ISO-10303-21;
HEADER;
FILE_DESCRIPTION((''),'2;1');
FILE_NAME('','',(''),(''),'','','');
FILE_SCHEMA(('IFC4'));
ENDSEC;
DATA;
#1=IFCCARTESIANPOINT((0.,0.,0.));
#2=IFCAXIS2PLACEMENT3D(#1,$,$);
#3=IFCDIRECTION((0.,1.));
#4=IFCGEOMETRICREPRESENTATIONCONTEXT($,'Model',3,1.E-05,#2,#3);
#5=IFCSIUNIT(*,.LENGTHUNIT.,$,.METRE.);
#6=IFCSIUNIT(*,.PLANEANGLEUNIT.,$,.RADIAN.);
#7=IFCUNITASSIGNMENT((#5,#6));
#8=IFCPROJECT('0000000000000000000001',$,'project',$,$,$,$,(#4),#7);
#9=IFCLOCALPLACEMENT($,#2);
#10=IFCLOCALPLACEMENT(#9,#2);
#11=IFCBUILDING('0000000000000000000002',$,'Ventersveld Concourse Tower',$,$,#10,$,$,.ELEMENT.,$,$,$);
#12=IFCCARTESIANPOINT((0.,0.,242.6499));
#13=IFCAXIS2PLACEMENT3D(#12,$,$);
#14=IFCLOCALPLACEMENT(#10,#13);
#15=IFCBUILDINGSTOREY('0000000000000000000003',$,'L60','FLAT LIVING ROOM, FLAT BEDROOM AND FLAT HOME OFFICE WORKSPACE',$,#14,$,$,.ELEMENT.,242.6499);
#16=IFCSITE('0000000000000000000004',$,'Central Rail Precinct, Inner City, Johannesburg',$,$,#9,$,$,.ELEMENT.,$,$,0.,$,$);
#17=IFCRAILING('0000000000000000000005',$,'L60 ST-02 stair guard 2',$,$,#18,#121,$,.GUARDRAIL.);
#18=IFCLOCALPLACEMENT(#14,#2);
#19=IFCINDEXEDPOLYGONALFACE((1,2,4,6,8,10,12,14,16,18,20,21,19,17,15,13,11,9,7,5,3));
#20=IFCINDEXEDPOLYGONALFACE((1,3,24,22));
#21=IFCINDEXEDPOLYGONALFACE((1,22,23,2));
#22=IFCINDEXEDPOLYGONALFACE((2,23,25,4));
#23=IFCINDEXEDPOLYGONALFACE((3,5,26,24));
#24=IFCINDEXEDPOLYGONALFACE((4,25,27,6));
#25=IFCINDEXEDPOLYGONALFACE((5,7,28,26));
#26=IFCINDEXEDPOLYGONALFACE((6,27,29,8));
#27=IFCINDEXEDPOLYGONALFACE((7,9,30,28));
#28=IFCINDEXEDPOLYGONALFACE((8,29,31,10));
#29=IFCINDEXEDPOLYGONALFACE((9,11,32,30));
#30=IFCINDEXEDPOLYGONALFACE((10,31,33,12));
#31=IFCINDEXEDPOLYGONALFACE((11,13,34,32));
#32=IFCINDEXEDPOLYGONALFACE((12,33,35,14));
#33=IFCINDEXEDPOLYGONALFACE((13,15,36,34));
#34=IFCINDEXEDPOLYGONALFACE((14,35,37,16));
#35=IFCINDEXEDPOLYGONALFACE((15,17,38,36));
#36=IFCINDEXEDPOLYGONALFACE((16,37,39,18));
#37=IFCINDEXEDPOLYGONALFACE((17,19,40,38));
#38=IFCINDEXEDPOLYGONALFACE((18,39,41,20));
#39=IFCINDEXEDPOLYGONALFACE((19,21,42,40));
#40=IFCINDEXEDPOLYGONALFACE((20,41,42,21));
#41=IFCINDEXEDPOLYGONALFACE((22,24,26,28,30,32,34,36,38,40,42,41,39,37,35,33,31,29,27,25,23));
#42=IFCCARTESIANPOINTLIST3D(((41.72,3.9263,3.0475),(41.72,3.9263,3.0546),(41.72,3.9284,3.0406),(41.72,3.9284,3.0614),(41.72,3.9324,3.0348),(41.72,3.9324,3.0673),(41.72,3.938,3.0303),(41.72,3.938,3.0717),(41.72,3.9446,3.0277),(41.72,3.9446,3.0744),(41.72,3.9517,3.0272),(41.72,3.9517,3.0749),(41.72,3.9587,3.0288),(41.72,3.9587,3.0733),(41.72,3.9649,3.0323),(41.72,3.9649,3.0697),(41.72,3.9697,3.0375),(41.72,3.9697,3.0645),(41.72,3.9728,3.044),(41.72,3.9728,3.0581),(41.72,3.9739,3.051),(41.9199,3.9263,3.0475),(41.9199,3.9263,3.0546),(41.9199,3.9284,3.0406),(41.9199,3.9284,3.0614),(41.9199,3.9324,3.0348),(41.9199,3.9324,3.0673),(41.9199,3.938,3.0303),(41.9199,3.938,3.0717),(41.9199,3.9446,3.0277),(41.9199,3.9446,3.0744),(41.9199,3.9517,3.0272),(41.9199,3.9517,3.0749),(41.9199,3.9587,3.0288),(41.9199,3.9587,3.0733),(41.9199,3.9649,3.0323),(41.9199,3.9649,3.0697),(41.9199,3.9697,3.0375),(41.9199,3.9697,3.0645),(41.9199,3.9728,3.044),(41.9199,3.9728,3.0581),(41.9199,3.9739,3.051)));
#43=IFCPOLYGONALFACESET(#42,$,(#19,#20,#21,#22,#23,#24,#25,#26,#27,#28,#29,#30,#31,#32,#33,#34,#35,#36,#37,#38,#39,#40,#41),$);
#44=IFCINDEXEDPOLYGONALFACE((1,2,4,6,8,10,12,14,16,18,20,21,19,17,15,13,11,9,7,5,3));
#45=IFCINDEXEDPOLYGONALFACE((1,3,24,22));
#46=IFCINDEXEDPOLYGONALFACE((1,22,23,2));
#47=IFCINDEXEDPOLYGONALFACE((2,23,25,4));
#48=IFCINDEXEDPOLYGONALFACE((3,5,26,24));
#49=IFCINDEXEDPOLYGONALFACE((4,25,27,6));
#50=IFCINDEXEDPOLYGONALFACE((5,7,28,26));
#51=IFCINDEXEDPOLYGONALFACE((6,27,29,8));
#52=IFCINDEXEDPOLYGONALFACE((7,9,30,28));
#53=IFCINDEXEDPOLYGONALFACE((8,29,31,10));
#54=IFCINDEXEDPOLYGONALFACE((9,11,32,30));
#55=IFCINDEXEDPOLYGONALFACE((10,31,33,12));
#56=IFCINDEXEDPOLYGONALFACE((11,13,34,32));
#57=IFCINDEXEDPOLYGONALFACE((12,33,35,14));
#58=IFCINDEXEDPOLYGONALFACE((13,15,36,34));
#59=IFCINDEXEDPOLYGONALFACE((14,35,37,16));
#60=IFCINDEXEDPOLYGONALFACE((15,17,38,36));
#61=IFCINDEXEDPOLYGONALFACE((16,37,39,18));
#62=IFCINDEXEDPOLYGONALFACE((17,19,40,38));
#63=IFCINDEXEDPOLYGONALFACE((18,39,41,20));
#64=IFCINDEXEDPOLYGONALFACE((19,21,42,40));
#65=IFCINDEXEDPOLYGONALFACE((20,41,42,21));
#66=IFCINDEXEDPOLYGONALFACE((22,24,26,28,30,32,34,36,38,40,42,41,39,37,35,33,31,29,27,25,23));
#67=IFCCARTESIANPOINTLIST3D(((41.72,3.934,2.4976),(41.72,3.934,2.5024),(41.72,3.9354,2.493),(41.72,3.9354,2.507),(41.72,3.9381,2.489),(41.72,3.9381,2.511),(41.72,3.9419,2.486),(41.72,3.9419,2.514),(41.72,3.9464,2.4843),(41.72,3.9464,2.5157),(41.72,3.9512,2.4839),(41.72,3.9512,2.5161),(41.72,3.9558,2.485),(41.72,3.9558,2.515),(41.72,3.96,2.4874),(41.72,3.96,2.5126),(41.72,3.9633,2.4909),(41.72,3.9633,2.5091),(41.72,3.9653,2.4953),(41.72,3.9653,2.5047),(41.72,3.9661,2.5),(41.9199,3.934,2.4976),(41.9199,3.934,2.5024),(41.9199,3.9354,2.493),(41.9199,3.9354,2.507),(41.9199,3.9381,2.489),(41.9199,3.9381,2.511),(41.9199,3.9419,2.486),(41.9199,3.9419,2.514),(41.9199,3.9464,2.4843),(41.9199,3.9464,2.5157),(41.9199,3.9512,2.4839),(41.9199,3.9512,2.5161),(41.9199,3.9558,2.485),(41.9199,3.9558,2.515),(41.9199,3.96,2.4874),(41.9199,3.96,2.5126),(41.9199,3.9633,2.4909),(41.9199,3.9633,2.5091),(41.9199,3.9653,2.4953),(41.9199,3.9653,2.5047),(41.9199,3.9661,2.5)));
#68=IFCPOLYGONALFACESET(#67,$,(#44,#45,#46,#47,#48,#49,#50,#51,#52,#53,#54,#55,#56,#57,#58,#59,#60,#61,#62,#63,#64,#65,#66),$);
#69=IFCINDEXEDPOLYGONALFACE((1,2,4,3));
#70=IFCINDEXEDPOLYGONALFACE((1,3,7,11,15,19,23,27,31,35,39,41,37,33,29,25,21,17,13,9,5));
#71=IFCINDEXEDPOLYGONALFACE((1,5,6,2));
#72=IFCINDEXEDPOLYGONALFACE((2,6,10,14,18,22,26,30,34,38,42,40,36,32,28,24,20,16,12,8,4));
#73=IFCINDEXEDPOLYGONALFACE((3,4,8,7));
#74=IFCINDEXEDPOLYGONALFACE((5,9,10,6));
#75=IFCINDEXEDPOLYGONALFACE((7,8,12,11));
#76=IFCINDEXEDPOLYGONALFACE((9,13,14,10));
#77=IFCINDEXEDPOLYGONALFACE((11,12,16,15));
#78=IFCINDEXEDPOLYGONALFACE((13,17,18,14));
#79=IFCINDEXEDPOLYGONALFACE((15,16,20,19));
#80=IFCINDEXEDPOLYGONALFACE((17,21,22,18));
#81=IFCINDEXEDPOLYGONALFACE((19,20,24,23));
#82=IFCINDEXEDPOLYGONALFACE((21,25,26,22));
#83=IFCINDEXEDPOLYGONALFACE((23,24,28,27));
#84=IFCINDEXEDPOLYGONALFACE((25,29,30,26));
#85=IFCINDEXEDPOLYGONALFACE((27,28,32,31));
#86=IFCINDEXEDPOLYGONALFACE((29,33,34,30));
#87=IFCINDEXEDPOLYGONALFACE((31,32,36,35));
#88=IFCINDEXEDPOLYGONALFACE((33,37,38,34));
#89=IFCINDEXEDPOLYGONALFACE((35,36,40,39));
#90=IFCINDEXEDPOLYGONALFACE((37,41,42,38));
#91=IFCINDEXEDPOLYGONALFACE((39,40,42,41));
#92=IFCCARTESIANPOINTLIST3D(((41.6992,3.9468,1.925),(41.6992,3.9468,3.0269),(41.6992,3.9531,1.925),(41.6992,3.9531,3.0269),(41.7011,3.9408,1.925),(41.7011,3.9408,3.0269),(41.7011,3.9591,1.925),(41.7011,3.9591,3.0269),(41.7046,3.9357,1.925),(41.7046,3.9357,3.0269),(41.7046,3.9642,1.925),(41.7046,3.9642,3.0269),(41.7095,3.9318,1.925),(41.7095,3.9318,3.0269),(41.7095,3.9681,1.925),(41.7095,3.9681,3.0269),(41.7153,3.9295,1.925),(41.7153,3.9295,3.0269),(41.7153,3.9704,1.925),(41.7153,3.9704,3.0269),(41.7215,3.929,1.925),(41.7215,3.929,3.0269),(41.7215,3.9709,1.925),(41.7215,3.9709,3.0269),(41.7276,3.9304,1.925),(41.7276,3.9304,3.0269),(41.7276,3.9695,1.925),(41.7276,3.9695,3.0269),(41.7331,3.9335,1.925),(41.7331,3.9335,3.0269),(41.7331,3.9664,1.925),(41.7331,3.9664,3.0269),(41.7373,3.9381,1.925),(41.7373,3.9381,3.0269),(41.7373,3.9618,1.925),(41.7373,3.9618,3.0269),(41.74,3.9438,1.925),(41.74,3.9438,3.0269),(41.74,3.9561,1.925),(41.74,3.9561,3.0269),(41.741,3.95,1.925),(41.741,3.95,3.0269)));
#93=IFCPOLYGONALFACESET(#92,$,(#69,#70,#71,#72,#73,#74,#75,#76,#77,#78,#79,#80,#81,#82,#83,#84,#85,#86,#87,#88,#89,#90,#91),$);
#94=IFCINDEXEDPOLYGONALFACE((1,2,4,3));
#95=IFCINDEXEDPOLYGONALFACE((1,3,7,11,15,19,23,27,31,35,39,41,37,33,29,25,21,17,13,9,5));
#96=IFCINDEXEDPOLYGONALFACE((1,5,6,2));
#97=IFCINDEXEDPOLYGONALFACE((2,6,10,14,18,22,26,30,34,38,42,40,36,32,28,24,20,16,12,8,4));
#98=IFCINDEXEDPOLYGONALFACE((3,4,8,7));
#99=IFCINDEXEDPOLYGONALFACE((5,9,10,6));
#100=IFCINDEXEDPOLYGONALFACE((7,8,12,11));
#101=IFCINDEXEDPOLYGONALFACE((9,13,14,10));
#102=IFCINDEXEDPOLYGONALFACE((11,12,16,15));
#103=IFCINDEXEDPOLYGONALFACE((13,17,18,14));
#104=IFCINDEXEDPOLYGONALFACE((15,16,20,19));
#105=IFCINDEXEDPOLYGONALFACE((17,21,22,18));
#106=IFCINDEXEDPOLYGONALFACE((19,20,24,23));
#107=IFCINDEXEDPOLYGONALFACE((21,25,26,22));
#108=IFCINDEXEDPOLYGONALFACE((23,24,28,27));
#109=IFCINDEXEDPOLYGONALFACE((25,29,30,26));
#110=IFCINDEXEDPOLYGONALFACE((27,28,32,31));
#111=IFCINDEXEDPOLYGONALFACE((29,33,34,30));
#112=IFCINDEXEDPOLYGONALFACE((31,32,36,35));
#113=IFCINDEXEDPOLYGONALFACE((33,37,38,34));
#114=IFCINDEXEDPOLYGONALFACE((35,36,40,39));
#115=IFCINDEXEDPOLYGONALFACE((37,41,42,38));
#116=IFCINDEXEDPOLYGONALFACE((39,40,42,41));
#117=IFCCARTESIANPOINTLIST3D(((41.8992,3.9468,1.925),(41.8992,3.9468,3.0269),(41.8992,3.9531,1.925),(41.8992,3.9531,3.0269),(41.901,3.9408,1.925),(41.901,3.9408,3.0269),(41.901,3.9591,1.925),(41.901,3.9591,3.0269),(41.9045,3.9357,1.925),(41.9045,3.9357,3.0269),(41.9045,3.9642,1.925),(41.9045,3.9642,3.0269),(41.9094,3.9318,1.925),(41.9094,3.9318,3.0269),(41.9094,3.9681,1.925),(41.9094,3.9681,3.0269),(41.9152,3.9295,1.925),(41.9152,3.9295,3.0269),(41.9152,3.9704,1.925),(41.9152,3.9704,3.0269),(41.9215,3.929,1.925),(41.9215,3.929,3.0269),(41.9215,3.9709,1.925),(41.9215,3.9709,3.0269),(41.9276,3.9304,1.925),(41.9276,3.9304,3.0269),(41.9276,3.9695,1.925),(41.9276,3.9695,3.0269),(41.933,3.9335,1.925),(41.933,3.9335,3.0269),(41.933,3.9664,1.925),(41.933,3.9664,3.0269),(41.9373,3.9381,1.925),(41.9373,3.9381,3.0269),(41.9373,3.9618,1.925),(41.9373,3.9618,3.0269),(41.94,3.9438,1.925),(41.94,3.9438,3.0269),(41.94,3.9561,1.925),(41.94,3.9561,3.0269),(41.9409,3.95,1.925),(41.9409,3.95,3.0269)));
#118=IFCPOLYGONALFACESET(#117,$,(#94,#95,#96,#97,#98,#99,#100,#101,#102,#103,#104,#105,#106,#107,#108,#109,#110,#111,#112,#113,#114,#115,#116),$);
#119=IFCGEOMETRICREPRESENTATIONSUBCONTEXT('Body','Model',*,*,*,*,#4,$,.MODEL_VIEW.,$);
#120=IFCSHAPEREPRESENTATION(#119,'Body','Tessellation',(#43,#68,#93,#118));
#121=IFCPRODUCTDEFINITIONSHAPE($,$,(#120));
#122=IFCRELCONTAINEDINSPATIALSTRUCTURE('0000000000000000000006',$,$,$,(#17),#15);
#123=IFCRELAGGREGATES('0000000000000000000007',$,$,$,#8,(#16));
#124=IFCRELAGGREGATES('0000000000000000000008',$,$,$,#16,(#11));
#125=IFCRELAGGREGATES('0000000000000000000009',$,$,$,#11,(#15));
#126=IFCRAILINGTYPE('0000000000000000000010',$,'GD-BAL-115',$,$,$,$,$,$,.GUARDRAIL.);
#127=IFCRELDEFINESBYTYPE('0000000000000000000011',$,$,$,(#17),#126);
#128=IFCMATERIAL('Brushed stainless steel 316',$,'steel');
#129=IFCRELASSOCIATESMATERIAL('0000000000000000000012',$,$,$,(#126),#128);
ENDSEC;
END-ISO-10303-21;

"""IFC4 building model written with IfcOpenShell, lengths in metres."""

from ifc_helpers import new_model, si_unit, direction, frame, origin, origin_2d, place, context, subcontext, project, spatial, circle, extrude, material, type_object, element, save


model = new_model("IFC4")

# Units and contexts
model_context = context("Model", 3, precision=1e-05, world=origin(), true_north=direction((0.0, 1.0)))
body_context = subcontext(model_context, "Body", "Model", "MODEL_VIEW")
ifc_project = project(units=[si_unit("LENGTHUNIT", "METRE"), si_unit("PLANEANGLEUNIT", "RADIAN")], contexts=[model_context])

# Site, building, storey
site_placement = place(None, origin())
site = spatial("IfcSite", under=ifc_project, at=site_placement, Name="Central Rail Precinct, Inner City, Johannesburg", CompositionType="ELEMENT", RefElevation=0.0)
building_placement = place(site_placement, origin())
building = spatial("IfcBuilding", under=site, at=building_placement, Name="Ventersveld Concourse Tower", CompositionType="ELEMENT")
storey_placement = place(building_placement, frame((0.0, 0.0, 242.6499)))
storey = spatial("IfcBuildingStorey", under=building, at=storey_placement, Name="L60", Description="FLAT LIVING ROOM, FLAT BEDROOM AND FLAT HOME OFFICE WORKSPACE", CompositionType="ELEMENT", Elevation=242.6499)

# Railing
ifc_material_1 = material(Name="Brushed stainless steel 316", Category="steel")
railing_type_1 = type_object("IfcRailingType", Name="GD-BAL-115", PredefinedType="GUARDRAIL", material=ifc_material_1)
railing_1_placement = place(storey_placement, frame((41.72, 3.95, 1.925)))
element("IfcRailing", 1, at=railing_1_placement, inside=storey, type_object=railing_type_1, Name="L60 ST-02 stair guard 2", PredefinedType="GUARDRAIL", context=body_context, shape_type="SweptSolid", body=[
    extrude(circle(Radius=0.0239, at=origin_2d()), frame((0.0, 0.0, 1.126), z_axis=(1.0, 0.0, 0.0), x_axis=(0.0, 1.0, 0.0)), (0.0, 0.0, 1.0), 0.2),
    extrude(circle(Radius=0.0161, at=origin_2d()), frame((0.0, 0.0, 0.575), z_axis=(1.0, 0.0, 0.0), x_axis=(0.0, 1.0, 0.0)), (0.0, 0.0, 1.0), 0.2),
    extrude(circle(Radius=0.021, at=origin_2d()), origin(), (0.0, 0.0, 1.0), 1.1018),
    extrude(circle(Radius=0.021, at=origin_2d()), frame((0.2, 0.0, 0.0)), (0.0, 0.0, 1.0), 1.1018),
])

save(model, "model.ifc")
